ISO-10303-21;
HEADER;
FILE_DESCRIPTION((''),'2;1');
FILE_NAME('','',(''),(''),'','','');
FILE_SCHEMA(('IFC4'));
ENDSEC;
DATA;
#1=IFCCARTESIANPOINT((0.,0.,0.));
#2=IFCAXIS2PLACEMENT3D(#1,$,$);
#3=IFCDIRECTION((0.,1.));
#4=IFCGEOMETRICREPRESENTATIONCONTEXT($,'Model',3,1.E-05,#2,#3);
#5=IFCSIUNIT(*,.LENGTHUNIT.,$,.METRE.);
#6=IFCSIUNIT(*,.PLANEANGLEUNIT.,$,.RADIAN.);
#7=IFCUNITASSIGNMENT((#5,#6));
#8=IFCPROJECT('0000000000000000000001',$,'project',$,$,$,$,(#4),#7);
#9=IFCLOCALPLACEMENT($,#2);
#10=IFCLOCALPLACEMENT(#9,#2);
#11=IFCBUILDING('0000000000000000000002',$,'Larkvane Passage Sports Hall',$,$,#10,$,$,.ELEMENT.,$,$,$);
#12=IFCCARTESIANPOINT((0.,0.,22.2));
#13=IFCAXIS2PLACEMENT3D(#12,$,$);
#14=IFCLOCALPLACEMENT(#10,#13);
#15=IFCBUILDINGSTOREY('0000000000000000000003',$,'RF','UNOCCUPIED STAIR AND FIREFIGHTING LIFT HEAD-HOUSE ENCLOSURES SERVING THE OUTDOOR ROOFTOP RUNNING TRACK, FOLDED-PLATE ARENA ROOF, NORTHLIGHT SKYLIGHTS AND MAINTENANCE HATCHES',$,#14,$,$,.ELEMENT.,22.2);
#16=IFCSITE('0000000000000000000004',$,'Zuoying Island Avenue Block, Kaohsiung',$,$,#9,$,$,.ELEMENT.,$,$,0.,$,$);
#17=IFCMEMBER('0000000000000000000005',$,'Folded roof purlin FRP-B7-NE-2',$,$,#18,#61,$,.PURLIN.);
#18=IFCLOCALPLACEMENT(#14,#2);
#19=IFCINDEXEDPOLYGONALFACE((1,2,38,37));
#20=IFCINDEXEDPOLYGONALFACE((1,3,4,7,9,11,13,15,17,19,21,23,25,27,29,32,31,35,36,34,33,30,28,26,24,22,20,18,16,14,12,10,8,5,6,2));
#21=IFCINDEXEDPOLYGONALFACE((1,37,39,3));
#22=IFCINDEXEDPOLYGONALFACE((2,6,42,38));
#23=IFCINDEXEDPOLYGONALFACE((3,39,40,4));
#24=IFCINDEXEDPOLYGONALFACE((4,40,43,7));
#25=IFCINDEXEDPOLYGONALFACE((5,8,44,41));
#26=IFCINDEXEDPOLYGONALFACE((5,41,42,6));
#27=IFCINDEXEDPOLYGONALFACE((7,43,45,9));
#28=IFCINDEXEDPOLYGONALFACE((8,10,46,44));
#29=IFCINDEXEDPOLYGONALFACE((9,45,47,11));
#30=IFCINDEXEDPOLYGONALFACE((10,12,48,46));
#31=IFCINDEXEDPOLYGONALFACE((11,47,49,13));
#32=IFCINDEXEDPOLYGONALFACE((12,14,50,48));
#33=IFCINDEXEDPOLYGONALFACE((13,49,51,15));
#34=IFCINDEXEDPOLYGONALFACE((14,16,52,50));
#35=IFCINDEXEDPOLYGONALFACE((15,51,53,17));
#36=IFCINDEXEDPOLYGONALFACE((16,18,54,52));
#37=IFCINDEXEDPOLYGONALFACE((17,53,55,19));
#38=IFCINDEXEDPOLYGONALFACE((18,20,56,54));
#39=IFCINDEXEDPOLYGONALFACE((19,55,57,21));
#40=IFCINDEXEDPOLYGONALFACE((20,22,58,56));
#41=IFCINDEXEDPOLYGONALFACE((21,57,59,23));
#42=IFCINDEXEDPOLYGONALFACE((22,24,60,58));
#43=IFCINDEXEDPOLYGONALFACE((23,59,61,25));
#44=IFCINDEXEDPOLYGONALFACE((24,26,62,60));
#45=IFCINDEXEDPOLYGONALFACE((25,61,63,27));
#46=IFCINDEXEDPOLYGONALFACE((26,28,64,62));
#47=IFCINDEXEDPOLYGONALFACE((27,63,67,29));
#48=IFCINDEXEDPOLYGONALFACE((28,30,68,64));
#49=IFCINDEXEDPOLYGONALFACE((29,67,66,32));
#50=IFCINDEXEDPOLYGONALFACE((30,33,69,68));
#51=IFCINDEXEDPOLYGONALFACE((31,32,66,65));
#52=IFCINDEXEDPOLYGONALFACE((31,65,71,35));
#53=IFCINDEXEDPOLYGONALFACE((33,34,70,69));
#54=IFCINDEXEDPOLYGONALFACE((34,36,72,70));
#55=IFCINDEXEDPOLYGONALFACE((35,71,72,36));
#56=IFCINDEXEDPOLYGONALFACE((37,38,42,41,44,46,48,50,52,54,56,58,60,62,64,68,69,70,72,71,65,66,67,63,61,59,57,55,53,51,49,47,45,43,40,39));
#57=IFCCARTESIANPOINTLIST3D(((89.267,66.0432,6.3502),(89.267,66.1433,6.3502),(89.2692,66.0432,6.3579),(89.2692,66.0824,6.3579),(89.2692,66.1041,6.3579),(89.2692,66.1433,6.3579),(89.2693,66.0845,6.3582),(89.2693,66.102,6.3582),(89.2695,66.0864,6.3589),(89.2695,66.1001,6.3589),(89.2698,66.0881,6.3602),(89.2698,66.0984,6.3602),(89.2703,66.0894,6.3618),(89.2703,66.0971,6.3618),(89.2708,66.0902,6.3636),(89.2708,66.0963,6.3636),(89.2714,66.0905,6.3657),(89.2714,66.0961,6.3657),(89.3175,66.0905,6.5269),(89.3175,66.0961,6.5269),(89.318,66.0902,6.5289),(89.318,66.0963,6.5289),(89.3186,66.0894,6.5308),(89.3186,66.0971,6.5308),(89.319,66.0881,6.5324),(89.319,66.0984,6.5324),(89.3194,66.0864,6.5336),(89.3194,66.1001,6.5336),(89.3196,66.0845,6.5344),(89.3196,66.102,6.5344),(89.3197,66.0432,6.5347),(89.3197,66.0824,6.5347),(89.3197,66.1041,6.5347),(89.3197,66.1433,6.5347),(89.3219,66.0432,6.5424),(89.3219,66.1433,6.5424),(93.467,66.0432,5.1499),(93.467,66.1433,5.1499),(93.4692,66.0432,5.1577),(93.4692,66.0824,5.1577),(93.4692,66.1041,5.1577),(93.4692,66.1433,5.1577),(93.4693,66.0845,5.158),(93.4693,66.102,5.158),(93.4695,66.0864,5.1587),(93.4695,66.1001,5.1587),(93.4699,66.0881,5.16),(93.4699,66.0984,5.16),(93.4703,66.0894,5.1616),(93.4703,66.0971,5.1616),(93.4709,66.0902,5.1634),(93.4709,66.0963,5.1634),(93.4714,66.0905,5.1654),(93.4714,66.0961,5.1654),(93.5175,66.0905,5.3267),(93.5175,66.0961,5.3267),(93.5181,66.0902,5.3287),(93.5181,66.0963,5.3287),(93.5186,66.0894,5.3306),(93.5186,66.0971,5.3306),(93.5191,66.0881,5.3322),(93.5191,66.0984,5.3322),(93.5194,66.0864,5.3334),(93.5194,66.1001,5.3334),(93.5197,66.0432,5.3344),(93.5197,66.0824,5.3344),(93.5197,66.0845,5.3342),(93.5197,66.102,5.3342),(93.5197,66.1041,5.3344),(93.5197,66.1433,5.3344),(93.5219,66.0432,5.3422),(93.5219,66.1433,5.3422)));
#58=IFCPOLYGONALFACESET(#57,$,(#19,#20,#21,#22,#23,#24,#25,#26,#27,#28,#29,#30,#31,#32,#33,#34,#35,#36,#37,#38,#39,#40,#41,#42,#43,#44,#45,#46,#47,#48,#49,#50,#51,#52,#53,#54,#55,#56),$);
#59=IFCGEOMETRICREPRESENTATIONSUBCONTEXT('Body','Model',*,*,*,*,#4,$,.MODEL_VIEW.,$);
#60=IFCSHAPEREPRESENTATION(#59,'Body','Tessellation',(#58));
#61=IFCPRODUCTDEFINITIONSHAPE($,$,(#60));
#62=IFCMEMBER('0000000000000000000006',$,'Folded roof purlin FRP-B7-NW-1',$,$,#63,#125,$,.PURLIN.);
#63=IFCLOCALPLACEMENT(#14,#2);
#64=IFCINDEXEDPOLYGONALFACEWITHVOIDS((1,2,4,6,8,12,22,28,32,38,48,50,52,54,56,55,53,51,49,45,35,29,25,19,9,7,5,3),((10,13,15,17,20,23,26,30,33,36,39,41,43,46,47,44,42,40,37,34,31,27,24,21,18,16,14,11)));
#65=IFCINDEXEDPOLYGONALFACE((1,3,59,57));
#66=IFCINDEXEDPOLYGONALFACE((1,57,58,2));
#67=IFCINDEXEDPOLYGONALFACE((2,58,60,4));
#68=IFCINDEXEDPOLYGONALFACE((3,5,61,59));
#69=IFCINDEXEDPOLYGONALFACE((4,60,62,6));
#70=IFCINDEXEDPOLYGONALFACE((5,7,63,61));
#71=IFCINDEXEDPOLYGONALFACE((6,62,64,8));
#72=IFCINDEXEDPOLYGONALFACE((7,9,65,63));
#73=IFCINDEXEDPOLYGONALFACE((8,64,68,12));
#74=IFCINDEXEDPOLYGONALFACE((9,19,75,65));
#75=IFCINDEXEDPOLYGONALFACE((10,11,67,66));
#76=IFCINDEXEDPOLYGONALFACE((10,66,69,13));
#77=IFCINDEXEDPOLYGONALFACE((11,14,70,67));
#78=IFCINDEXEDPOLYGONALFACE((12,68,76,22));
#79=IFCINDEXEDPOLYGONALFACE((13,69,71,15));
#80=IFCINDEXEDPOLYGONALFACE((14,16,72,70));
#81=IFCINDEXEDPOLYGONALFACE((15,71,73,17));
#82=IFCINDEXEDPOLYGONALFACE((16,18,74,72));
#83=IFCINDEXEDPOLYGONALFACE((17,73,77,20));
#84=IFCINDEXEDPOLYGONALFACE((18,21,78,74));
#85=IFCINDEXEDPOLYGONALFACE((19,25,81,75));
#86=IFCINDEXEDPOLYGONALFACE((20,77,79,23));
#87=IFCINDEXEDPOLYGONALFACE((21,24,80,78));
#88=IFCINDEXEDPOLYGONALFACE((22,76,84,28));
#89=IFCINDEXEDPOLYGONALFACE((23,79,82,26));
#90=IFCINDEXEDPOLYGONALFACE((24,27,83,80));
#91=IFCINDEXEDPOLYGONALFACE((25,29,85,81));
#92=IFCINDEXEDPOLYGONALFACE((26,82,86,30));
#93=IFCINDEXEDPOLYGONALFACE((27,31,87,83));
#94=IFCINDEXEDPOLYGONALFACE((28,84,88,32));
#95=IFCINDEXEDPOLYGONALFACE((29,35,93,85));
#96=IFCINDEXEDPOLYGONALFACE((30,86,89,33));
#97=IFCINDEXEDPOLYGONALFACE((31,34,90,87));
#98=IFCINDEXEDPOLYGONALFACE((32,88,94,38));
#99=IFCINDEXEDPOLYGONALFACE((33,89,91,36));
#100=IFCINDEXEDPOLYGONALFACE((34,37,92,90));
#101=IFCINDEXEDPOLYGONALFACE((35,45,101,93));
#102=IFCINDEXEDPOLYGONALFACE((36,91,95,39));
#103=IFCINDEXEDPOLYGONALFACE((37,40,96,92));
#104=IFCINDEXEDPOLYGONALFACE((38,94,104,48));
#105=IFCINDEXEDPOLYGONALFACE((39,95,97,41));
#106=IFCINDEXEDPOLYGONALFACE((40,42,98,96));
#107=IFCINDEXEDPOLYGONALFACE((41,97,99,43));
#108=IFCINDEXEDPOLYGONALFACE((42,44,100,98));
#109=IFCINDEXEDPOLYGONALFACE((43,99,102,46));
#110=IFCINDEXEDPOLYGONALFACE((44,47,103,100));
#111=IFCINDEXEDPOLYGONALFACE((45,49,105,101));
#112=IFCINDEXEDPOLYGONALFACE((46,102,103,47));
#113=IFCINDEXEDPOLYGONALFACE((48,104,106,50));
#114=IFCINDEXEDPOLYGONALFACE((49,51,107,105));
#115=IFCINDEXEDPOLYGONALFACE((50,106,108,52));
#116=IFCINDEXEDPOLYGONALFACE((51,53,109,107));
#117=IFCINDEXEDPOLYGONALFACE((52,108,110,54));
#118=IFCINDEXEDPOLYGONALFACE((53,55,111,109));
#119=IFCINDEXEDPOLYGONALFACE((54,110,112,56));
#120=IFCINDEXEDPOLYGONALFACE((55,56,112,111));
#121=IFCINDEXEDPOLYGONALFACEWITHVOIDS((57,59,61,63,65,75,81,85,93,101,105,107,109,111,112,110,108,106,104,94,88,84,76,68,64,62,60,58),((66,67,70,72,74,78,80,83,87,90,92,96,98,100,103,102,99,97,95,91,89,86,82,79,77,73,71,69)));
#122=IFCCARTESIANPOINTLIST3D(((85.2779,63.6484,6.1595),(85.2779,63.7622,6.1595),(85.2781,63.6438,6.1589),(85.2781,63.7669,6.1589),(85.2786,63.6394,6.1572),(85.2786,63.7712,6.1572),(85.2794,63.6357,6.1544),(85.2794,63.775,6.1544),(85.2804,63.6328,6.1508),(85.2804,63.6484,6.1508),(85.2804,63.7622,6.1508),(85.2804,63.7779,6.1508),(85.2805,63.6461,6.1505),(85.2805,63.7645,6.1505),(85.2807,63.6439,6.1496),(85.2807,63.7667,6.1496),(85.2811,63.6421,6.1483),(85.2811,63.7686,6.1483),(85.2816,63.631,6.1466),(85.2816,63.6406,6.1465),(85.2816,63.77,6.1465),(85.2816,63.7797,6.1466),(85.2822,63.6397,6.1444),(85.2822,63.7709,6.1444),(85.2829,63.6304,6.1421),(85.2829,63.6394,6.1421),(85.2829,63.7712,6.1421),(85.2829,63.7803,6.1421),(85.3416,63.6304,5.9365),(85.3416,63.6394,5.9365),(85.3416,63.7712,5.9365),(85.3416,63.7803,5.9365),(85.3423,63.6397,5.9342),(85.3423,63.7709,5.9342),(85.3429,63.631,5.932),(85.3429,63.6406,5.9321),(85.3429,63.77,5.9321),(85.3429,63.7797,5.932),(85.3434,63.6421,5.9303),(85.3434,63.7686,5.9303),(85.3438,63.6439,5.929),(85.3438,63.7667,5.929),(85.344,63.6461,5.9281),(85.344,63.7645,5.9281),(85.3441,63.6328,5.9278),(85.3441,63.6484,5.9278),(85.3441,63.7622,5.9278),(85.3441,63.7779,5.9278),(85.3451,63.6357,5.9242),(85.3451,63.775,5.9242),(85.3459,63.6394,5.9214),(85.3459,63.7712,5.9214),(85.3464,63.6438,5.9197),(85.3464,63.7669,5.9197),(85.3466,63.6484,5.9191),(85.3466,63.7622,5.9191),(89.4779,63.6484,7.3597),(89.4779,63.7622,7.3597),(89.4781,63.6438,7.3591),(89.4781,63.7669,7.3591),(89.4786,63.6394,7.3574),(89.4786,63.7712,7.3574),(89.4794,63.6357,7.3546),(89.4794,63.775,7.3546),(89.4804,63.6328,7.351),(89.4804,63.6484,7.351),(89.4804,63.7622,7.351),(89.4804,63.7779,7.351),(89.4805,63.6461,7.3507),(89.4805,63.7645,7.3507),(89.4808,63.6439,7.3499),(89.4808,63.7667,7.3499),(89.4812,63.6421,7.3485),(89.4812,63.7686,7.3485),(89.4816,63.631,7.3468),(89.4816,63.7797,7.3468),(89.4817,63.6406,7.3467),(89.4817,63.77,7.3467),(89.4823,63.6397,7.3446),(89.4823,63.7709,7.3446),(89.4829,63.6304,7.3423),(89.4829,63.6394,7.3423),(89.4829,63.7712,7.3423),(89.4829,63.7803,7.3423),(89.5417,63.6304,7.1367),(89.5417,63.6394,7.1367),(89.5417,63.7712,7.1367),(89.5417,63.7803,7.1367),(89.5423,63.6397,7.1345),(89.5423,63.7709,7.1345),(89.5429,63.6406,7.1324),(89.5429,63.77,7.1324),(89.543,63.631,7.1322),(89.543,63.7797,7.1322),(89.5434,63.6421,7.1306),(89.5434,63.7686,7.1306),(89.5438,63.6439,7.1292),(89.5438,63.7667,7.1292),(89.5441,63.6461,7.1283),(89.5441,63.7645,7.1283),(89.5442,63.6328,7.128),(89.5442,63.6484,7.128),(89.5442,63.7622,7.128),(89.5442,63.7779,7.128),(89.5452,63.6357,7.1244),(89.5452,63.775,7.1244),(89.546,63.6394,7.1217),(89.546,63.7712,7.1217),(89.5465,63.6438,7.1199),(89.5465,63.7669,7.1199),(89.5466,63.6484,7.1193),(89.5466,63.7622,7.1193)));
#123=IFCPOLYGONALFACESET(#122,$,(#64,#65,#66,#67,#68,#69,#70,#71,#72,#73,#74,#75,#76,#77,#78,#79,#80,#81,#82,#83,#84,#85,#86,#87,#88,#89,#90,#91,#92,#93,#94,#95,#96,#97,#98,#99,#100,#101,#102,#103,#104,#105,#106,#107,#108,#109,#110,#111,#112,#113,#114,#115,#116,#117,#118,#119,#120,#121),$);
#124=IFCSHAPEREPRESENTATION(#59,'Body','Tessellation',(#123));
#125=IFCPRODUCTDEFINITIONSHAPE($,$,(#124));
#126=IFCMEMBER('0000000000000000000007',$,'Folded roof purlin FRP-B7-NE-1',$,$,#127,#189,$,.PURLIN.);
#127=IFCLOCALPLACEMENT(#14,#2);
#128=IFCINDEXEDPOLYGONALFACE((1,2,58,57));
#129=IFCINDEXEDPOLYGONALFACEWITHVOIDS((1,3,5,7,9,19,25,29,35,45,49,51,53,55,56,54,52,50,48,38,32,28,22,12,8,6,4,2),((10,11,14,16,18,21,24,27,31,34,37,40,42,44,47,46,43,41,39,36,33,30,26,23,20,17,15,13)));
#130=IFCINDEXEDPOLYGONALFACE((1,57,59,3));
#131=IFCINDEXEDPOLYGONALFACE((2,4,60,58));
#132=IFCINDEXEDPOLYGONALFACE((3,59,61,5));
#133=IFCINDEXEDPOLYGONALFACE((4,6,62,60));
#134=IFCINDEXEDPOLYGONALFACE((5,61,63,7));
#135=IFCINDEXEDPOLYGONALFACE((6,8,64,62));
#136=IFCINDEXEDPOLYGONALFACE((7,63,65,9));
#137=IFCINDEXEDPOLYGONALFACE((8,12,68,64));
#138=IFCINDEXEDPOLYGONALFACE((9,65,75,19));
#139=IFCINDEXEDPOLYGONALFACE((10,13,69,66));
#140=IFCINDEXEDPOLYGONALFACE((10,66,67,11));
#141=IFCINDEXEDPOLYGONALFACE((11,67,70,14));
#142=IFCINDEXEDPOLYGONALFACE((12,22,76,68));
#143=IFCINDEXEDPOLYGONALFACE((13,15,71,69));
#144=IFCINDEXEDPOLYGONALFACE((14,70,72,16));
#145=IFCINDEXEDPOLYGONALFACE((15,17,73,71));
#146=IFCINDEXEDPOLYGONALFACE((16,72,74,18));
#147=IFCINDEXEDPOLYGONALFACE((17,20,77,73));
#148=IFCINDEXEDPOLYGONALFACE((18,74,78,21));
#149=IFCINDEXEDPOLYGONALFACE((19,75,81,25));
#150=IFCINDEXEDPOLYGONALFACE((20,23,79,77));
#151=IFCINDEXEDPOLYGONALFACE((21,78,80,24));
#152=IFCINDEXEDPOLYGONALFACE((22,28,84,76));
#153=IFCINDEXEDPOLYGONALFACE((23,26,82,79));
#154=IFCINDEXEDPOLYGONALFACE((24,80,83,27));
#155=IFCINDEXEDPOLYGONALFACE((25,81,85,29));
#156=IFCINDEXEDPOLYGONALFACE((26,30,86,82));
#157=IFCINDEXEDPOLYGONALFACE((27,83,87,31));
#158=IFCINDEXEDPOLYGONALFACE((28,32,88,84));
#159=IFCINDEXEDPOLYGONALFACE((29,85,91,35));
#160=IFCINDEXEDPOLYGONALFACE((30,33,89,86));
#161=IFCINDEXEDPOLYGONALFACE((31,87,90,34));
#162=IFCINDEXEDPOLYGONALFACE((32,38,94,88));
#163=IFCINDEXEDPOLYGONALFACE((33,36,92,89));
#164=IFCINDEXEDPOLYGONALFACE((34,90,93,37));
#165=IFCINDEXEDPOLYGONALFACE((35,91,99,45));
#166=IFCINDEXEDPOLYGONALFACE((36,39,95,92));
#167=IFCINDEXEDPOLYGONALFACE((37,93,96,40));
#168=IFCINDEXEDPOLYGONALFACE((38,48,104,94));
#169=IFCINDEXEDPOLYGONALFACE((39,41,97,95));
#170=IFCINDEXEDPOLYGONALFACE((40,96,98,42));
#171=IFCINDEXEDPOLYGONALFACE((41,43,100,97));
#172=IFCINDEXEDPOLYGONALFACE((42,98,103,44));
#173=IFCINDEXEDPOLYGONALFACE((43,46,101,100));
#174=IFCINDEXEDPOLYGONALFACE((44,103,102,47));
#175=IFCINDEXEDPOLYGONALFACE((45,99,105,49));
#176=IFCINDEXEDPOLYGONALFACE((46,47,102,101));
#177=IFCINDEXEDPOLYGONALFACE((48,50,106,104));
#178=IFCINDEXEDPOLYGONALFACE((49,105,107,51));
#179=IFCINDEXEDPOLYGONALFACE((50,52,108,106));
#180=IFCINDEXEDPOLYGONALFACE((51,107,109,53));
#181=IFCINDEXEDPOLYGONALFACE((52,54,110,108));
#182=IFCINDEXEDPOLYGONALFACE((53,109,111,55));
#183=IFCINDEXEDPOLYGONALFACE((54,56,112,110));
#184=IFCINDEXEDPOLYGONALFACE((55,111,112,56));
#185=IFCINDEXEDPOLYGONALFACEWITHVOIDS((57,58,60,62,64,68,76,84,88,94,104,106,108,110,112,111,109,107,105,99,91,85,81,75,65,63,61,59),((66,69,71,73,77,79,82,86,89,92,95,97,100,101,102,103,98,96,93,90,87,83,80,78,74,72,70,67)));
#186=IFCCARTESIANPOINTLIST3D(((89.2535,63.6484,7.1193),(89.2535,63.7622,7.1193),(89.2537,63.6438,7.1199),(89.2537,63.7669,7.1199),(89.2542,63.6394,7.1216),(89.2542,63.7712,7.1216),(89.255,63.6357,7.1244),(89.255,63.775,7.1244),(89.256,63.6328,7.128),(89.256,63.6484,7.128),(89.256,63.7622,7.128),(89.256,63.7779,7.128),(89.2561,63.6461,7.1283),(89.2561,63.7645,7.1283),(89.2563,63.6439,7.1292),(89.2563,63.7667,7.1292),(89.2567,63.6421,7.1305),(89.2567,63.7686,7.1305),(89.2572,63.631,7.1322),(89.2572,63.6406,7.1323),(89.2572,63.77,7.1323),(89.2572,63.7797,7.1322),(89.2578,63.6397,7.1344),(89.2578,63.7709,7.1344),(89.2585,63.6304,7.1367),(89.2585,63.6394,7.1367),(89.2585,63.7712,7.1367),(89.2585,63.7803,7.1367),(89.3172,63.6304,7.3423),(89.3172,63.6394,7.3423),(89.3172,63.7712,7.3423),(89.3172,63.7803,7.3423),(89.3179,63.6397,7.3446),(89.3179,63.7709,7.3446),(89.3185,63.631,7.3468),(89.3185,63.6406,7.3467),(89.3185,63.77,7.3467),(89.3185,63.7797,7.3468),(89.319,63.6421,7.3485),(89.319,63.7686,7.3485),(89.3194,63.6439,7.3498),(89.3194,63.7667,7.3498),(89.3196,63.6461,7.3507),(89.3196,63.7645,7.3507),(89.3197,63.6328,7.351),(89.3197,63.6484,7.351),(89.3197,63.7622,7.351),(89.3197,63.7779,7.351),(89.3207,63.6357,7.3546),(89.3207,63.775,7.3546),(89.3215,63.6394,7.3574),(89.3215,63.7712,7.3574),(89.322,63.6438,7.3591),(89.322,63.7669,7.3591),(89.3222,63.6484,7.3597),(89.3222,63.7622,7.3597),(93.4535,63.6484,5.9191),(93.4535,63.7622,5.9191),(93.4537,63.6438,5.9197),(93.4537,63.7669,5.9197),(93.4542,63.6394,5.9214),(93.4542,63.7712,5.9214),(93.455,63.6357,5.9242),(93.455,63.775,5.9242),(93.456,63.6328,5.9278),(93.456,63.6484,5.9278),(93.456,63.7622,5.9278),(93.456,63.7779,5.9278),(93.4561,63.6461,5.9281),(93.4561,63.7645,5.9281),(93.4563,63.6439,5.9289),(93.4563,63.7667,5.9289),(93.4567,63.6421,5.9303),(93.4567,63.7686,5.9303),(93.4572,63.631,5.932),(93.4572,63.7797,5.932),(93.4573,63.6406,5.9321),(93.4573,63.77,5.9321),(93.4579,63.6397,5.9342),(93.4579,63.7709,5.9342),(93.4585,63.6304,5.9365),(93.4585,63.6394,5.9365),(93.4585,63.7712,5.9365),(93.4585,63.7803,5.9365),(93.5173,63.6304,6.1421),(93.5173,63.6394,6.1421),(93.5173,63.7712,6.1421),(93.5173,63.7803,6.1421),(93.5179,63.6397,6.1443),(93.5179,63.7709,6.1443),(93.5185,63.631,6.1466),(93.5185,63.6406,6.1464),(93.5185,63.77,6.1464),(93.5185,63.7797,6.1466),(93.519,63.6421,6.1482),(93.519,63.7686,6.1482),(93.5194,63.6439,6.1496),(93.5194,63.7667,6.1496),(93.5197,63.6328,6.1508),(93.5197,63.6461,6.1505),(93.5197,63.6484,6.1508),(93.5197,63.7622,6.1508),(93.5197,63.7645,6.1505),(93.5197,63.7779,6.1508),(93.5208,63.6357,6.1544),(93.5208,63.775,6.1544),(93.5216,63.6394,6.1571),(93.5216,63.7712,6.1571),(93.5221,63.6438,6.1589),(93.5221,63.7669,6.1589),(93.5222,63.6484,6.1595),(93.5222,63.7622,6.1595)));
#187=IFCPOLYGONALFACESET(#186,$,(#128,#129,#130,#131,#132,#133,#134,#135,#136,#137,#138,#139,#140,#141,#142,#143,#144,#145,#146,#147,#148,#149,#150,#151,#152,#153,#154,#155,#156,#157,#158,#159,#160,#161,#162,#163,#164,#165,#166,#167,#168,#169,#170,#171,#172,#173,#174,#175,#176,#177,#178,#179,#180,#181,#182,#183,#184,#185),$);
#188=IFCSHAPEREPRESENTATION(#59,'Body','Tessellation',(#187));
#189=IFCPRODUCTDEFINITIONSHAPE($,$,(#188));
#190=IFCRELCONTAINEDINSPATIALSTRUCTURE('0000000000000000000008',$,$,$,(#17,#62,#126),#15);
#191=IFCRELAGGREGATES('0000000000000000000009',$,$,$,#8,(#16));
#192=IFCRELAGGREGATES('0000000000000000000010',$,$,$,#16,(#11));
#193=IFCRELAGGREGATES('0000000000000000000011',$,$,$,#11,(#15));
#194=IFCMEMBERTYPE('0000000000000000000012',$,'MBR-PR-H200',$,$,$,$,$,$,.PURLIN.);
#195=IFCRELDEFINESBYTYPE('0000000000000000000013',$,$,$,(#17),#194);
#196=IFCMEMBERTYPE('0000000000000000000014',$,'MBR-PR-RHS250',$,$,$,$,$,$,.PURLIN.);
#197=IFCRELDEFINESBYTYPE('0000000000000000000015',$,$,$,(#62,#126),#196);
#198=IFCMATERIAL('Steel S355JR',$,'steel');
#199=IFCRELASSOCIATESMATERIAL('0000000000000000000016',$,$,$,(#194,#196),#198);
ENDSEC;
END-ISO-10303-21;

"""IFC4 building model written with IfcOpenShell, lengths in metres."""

from ifc_helpers import new_model, si_unit, direction, frame, origin, origin_2d, place, context, subcontext, project, spatial, hollow_rectangle, i_section, extrude, material, material_profile, profile_set, type_object, element, save


model = new_model("IFC4")

# Units and contexts
model_context = context("Model", 3, precision=1e-05, world=origin(), true_north=direction((0.0, 1.0)))
body_context = subcontext(model_context, "Body", "Model", "MODEL_VIEW")
ifc_project = project(units=[si_unit("LENGTHUNIT", "METRE"), si_unit("PLANEANGLEUNIT", "RADIAN")], contexts=[model_context])

# Site, building, storey
site_placement = place(None, origin())
site = spatial("IfcSite", under=ifc_project, at=site_placement, Name="Zuoying Island Avenue Block, Kaohsiung", CompositionType="ELEMENT", RefElevation=0.0)
building_placement = place(site_placement, origin())
building = spatial("IfcBuilding", under=site, at=building_placement, Name="Larkvane Passage Sports Hall", CompositionType="ELEMENT")
storey_placement = place(building_placement, frame((0.0, 0.0, 22.2)))
storey = spatial("IfcBuildingStorey", under=building, at=storey_placement, Name="RF", Description="UNOCCUPIED STAIR AND FIREFIGHTING LIFT HEAD-HOUSE ENCLOSURES SERVING THE OUTDOOR ROOFTOP RUNNING TRACK, FOLDED-PLATE ARENA ROOF, NORTHLIGHT SKYLIGHTS AND MAINTENANCE HATCHES", CompositionType="ELEMENT", Elevation=22.2)

# Members
ifc_material_1 = material(Name="Steel S355JR", Category="steel")
ifc_material_profile_1 = material_profile(ifc_material_1, i_section(OverallWidth=0.1001, OverallDepth=0.2, WebThickness=0.0056, FlangeThickness=0.0081, FilletRadius=0.0081, at=origin_2d()), Name="H-200x100x5.5x8")
ifc_profile_set_1 = profile_set([ifc_material_profile_1], Name="Steel S355JR")
member_type_1 = type_object("IfcMemberType", Name="MBR-PR-H200", PredefinedType="PURLIN", material=ifc_profile_set_1)
for number, where, z_axis, x_axis, name in (
    (1, (89.2944, 66.0933, 6.4463), (0.961511, 0.0, -0.274765), (0.0, 1.0, 0.0), "Folded roof purlin FRP-B7-NE-2"),
):
    element("IfcMember", number, at=place(storey_placement, frame(where, z_axis=z_axis, x_axis=x_axis)), inside=storey, type_object=member_type_1, Name=name, PredefinedType="PURLIN", context=body_context, shape_type="SweptSolid", body=[
        extrude(i_section(OverallWidth=0.1001, OverallDepth=0.2, WebThickness=0.0056, FlangeThickness=0.0081, FilletRadius=0.0081, at=origin_2d()), origin(), (0.0, 0.0, 1.0), 4.3682),
    ])
ifc_material_profile_2 = material_profile(ifc_material_1, hollow_rectangle(XDim=0.1499, YDim=0.25, WallThickness=0.009, InnerFilletRadius=0.009, OuterFilletRadius=0.0181, at=origin_2d()), Name="RHS-250x150x9")
ifc_profile_set_2 = profile_set([ifc_material_profile_2], Name="Steel S355JR")
member_type_2 = type_object("IfcMemberType", Name="MBR-PR-RHS250", PredefinedType="PURLIN", material=ifc_profile_set_2)
for number, where, z_axis, x_axis, name in (
    (2, (85.3123, 63.7053, 6.0393), (0.961511, 0.0, 0.274765), (0.0, 1.0, 0.0), "Folded roof purlin FRP-B7-NW-1"),
    (3, (89.2878, 63.7053, 7.2395), (0.961511, 0.0, -0.274765), (0.0, 1.0, 0.0), "Folded roof purlin FRP-B7-NE-1"),
):
    element("IfcMember", number, at=place(storey_placement, frame(where, z_axis=z_axis, x_axis=x_axis)), inside=storey, type_object=member_type_2, Name=name, PredefinedType="PURLIN", context=body_context, shape_type="SweptSolid", body=[
        extrude(hollow_rectangle(XDim=0.1499, YDim=0.25, WallThickness=0.009, InnerFilletRadius=0.009, OuterFilletRadius=0.0181, at=origin_2d()), origin(), (0.0, 0.0, 1.0), 4.3682),
    ])

save(model, "model.ifc")
